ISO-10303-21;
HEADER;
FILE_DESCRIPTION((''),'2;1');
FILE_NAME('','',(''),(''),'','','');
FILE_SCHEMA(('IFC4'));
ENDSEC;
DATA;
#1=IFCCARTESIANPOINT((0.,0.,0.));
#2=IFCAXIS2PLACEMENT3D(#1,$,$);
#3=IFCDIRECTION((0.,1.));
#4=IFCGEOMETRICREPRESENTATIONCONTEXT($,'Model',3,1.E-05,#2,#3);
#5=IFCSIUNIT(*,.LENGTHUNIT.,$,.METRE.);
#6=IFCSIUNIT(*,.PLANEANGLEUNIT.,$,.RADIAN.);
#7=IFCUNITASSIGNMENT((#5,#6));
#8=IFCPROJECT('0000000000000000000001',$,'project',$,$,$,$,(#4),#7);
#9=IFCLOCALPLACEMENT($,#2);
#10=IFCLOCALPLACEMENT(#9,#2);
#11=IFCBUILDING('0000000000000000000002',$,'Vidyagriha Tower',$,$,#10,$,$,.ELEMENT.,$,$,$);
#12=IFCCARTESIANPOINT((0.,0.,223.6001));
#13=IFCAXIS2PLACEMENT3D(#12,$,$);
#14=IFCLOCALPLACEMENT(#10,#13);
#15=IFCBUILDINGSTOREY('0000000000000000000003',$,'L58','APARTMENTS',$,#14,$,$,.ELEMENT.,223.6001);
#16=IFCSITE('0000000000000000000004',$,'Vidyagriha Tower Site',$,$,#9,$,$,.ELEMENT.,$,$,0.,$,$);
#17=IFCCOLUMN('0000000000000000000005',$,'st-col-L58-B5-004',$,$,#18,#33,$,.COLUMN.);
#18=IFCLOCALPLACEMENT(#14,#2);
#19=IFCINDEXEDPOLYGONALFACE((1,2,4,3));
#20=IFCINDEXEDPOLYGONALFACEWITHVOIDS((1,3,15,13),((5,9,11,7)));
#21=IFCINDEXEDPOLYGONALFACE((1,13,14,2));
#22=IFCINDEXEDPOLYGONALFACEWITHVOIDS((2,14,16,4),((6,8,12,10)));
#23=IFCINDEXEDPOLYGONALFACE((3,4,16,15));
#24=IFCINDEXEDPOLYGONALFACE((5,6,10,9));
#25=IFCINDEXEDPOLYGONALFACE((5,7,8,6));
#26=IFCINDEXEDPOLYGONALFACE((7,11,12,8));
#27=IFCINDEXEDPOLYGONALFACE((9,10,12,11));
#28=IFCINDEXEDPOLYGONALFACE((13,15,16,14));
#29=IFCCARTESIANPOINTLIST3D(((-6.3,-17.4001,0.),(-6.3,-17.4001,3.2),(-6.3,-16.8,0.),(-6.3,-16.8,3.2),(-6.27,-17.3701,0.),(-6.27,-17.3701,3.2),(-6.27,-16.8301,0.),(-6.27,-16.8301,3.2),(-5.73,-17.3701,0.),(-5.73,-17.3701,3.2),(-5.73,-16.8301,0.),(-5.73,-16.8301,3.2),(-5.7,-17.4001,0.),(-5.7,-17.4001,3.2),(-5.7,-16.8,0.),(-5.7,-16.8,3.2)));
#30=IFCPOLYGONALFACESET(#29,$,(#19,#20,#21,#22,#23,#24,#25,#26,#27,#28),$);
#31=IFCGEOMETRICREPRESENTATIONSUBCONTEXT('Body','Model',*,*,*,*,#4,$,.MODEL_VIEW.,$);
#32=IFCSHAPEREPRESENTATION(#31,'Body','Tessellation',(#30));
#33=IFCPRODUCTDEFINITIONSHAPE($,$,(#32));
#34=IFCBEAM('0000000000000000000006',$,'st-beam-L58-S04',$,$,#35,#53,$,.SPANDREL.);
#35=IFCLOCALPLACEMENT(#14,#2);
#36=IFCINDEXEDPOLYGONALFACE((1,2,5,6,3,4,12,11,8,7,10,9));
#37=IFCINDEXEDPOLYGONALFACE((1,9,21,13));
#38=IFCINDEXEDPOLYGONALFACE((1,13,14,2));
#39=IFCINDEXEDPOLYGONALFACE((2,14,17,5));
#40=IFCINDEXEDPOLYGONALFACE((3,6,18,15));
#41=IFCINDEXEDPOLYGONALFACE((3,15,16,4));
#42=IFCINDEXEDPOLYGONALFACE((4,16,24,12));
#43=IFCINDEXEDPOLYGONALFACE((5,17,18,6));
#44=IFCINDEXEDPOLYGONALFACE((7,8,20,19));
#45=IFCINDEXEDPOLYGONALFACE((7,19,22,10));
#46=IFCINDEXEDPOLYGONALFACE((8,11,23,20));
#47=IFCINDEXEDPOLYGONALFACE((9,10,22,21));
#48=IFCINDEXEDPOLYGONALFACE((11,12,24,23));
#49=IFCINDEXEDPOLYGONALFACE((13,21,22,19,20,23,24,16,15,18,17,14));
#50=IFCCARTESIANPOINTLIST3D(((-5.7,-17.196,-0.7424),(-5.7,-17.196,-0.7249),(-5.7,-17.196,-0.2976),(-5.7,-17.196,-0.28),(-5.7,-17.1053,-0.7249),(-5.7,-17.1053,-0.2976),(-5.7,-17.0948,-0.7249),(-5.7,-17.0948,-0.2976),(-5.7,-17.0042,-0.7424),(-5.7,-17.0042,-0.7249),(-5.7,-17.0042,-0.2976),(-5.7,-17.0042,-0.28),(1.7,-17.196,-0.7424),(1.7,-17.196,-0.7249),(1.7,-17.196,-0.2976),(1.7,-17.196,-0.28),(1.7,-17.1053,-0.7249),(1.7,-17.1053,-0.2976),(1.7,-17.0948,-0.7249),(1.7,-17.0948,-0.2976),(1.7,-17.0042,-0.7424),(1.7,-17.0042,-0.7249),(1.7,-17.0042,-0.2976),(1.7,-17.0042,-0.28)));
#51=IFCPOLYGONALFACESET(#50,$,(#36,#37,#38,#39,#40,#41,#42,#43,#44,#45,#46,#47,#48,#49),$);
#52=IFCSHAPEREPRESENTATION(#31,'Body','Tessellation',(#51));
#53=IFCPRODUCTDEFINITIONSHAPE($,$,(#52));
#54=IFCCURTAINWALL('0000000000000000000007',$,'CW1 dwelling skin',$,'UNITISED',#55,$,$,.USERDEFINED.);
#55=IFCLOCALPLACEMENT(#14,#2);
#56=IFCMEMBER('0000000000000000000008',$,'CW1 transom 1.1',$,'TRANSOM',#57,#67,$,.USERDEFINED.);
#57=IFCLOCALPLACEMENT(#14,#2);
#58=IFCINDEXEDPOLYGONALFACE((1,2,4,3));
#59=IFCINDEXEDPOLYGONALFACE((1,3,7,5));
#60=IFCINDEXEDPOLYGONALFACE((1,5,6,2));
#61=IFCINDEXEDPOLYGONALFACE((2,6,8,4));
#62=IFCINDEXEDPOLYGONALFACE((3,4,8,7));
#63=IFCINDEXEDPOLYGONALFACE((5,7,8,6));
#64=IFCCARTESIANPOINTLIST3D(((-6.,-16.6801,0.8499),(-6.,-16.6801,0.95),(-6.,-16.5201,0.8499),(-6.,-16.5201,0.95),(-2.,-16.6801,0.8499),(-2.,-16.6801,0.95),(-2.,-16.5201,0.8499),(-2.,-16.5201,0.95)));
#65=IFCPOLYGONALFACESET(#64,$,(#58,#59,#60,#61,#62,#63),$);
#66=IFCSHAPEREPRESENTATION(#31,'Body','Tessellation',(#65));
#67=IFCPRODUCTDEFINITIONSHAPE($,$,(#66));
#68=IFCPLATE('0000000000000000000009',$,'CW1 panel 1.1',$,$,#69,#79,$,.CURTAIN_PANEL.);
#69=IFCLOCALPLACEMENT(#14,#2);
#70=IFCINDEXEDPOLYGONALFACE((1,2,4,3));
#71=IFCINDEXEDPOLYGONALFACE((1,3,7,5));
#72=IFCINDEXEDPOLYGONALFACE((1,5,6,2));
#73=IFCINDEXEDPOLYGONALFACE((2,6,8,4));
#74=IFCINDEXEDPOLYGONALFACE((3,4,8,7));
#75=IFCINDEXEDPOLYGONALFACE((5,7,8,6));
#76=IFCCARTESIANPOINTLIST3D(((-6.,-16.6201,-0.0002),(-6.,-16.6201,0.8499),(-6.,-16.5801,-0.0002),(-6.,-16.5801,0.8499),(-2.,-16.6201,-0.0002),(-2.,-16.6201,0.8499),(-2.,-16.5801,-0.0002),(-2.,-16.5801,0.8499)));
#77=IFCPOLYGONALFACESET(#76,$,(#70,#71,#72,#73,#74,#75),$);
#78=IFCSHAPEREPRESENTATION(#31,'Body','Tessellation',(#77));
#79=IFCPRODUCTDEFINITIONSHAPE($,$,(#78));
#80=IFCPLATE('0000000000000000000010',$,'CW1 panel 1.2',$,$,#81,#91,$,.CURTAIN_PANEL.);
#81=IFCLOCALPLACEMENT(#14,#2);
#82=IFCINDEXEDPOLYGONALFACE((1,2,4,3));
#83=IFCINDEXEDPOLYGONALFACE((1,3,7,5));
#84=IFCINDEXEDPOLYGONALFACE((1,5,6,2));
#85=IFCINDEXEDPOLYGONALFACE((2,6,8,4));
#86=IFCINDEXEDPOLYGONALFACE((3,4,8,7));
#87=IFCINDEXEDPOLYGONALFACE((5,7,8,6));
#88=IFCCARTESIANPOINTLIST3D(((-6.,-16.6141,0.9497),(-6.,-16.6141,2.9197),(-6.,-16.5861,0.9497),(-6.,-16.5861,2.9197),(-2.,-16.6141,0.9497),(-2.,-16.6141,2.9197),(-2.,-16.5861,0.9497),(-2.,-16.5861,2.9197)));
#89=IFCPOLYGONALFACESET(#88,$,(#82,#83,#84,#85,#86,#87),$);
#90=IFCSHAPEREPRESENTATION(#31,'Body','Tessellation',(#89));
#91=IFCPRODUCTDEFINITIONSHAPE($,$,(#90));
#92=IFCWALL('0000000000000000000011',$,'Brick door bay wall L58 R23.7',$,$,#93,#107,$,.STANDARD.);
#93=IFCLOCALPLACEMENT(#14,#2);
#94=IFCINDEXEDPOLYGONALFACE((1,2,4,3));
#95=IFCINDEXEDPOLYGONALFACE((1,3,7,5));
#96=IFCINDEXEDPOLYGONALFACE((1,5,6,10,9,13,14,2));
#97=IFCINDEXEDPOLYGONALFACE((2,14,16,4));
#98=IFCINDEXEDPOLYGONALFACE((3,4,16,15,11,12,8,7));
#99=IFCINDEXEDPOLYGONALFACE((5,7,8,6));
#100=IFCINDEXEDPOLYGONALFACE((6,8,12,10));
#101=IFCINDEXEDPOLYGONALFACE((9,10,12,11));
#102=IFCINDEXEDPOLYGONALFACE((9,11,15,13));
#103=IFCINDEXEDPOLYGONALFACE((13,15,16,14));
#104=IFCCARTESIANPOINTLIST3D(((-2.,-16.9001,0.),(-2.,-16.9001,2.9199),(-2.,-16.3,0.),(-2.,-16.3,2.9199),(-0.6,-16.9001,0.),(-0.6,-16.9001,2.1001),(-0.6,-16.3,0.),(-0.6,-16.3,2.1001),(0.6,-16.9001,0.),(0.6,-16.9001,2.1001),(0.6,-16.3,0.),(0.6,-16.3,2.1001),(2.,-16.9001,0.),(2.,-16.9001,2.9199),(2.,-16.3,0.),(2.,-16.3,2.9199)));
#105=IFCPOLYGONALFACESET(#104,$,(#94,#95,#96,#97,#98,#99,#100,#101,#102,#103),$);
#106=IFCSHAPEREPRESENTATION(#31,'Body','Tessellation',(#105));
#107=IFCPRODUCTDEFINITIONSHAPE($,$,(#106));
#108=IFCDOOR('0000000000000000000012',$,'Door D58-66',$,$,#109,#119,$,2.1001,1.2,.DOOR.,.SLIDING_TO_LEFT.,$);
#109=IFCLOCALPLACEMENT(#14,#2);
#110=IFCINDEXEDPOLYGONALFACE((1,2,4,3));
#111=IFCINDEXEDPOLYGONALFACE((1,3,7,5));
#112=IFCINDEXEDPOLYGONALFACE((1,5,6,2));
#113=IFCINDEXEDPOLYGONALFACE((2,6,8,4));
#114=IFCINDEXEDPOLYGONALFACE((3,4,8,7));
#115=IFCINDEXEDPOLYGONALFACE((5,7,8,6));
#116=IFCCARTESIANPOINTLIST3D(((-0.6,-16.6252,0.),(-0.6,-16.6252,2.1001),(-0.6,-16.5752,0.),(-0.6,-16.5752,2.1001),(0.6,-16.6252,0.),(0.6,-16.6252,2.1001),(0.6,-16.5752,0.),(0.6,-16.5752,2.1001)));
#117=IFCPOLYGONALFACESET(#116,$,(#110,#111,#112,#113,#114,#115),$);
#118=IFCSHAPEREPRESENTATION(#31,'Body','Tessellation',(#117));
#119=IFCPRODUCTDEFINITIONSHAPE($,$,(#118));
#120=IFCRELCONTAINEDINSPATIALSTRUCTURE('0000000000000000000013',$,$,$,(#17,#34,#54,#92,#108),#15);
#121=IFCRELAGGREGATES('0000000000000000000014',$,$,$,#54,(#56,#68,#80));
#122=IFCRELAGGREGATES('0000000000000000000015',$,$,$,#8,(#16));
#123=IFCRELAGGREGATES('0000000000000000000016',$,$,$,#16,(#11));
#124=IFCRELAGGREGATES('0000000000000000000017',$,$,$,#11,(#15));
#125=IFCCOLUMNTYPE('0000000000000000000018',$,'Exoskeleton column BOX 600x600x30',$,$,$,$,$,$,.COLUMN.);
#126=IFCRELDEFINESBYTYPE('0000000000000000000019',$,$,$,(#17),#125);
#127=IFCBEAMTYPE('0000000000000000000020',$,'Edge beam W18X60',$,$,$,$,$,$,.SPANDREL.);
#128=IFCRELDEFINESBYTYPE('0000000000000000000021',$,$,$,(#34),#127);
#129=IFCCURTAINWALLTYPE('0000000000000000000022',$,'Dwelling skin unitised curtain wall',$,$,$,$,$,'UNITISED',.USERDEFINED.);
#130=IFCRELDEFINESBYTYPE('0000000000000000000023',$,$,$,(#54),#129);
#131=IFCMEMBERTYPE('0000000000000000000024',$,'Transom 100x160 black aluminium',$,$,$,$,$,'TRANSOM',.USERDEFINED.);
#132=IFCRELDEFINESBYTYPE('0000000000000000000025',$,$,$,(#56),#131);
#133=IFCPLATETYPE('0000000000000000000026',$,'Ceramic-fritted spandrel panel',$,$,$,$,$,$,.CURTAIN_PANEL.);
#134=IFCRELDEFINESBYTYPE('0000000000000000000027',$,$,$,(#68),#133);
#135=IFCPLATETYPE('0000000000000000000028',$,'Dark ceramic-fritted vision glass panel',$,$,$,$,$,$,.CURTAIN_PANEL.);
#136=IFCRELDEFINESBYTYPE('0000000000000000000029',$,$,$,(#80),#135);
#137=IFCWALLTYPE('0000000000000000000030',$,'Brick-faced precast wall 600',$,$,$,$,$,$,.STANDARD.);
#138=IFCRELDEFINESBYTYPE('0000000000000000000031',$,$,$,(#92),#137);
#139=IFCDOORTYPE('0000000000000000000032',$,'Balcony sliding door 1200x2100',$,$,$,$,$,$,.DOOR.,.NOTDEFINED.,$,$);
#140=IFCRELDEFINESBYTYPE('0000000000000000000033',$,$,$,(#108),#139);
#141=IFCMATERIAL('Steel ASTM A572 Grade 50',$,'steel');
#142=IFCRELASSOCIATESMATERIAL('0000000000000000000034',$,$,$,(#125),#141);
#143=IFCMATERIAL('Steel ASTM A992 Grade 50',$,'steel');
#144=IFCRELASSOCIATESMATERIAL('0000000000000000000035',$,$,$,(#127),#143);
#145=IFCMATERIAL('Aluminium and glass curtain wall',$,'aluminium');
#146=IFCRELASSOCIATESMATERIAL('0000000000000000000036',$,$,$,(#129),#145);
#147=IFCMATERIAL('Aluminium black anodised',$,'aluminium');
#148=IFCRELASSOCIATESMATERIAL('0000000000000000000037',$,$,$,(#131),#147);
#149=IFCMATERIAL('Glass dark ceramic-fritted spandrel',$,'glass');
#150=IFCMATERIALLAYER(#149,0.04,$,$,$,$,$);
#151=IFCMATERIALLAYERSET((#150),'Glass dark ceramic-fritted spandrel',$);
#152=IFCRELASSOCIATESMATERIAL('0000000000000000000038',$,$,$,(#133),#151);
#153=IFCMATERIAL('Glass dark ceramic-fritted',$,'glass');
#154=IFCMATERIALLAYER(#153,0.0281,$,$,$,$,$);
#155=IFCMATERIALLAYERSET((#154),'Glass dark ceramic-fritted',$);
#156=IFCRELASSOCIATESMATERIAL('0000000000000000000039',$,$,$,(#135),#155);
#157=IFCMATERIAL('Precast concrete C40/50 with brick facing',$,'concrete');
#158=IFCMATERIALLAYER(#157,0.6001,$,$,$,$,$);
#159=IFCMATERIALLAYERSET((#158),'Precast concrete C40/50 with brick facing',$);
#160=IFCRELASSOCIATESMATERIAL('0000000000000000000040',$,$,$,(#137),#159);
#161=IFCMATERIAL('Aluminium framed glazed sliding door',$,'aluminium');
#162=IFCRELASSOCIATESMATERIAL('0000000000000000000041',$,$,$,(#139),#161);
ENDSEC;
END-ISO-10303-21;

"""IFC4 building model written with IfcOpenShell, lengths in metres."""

from ifc_helpers import new_model, si_unit, direction, frame, frame_2d, origin, origin_2d, place, context, subcontext, project, spatial, rectangle, hollow_rectangle, i_section, extrude, material, layer, layer_set, material_profile, profile_set, type_object, element, fill, aggregate, save


model = new_model("IFC4")

# Units and contexts
model_context = context("Model", 3, precision=1e-05, world=origin(), true_north=direction((0.0, 1.0)))
body_context = subcontext(model_context, "Body", "Model", "MODEL_VIEW")
ifc_project = project(units=[si_unit("LENGTHUNIT", "METRE"), si_unit("PLANEANGLEUNIT", "RADIAN")], contexts=[model_context])

# Site, building, storey
site_placement = place(None, origin())
site = spatial("IfcSite", under=ifc_project, at=site_placement, Name="Vidyagriha Tower Site", CompositionType="ELEMENT", RefElevation=0.0)
building_placement = place(site_placement, origin())
building = spatial("IfcBuilding", under=site, at=building_placement, Name="Vidyagriha Tower", CompositionType="ELEMENT")
storey_placement = place(building_placement, frame((0.0, 0.0, 223.6001)))
storey = spatial("IfcBuildingStorey", under=building, at=storey_placement, Name="L58", Description="APARTMENTS", CompositionType="ELEMENT", Elevation=223.6001)

# Column
ifc_material_1 = material(Name="Steel ASTM A572 Grade 50", Category="steel")
ifc_material_profile_1 = material_profile(ifc_material_1, hollow_rectangle(XDim=0.6001, YDim=0.6001, WallThickness=0.03, at=origin_2d()), Name="BOX 600x600x30")
ifc_profile_set_1 = profile_set([ifc_material_profile_1], Name="Steel ASTM A572 Grade 50")
column_type = type_object("IfcColumnType", Name="Exoskeleton column BOX 600x600x30", PredefinedType="COLUMN", material=ifc_profile_set_1)
column_placement = place(storey_placement, frame((-6.0, -17.1001, 0.0)))
element("IfcColumn", 1, at=column_placement, inside=storey, type_object=column_type, Name="st-col-L58-B5-004", PredefinedType="COLUMN", context=body_context, shape_type="SweptSolid", body=[
    extrude(hollow_rectangle(XDim=0.6001, YDim=0.6001, WallThickness=0.03, at=origin_2d()), origin(), (0.0, 0.0, 1.0), 3.2),
])

# Beam
ifc_material_2 = material(Name="Steel ASTM A992 Grade 50", Category="steel")
ifc_material_profile_2 = material_profile(ifc_material_2, i_section(OverallWidth=0.1919, OverallDepth=0.4624, WebThickness=0.0105, FlangeThickness=0.0176, at=origin_2d()), Name="W18X60")
ifc_profile_set_2 = profile_set([ifc_material_profile_2], Name="Steel ASTM A992 Grade 50")
beam_type = type_object("IfcBeamType", Name="Edge beam W18X60", PredefinedType="SPANDREL", material=ifc_profile_set_2)
beam_placement = place(storey_placement, frame((-5.7, -17.1001, -0.5112), z_axis=(1.0, 0.0, 0.0), x_axis=(0.0, 1.0, 0.0)))
element("IfcBeam", 2, at=beam_placement, inside=storey, type_object=beam_type, Name="st-beam-L58-S04", PredefinedType="SPANDREL", context=body_context, shape_type="SweptSolid", body=[
    extrude(i_section(OverallWidth=0.1919, OverallDepth=0.4624, WebThickness=0.0105, FlangeThickness=0.0176, at=origin_2d()), origin(), (0.0, 0.0, 1.0), 7.3999),
])

# Curtain wall, member, plates
ifc_material_3 = material(Name="Aluminium and glass curtain wall", Category="aluminium")
curtain_wall_type = type_object("IfcCurtainWallType", Name="Dwelling skin unitised curtain wall", ElementType="UNITISED", PredefinedType="USERDEFINED", material=ifc_material_3)
curtain_wall_placement = place(storey_placement, origin())
curtain_wall = element("IfcCurtainWall", 3, at=curtain_wall_placement, inside=storey, type_object=curtain_wall_type, Name="CW1 dwelling skin", ObjectType="UNITISED", PredefinedType="USERDEFINED")
ifc_material_4 = material(Name="Aluminium black anodised", Category="aluminium")
ifc_material_profile_3 = material_profile(ifc_material_4, rectangle(XDim=0.1599, YDim=0.1001, at=origin_2d()), Name="Transom 100x160 black aluminium")
ifc_profile_set_3 = profile_set([ifc_material_profile_3], Name="Aluminium black anodised")
member_type = type_object("IfcMemberType", Name="Transom 100x160 black aluminium", ElementType="TRANSOM", PredefinedType="USERDEFINED", material=ifc_profile_set_3)
member_placement = place(storey_placement, frame((-6.0, -16.6001, 0.8999), z_axis=(1.0, 0.0, 0.0), x_axis=(0.0, 1.0, 0.0)))
member = element("IfcMember", 4, at=member_placement, type_object=member_type, Name="CW1 transom 1.1", ObjectType="TRANSOM", PredefinedType="USERDEFINED", context=body_context, shape_type="SweptSolid", body=[
    extrude(rectangle(XDim=0.1599, YDim=0.1001, at=origin_2d()), origin(), (0.0, 0.0, 1.0), 4.0),
])
ifc_material_5 = material(Name="Glass dark ceramic-fritted spandrel", Category="glass")
ifc_layer_1 = layer(ifc_material_5, 0.04)
ifc_layer_set_1 = layer_set([ifc_layer_1], Name="Glass dark ceramic-fritted spandrel")
plate_type_1 = type_object("IfcPlateType", Name="Ceramic-fritted spandrel panel", PredefinedType="CURTAIN_PANEL", material=ifc_layer_set_1)
plate_1_placement = place(storey_placement, frame((-4.0, -16.6001, -0.0002)))
plate_1 = element("IfcPlate", 5, at=plate_1_placement, type_object=plate_type_1, Name="CW1 panel 1.1", PredefinedType="CURTAIN_PANEL", context=body_context, shape_type="SweptSolid", body=[
    extrude(rectangle(XDim=4.0, YDim=0.04, at=origin_2d()), origin(), (0.0, 0.0, 1.0), 0.8501),
])
ifc_material_6 = material(Name="Glass dark ceramic-fritted", Category="glass")
ifc_layer_2 = layer(ifc_material_6, 0.0281)
ifc_layer_set_2 = layer_set([ifc_layer_2], Name="Glass dark ceramic-fritted")
plate_type_2 = type_object("IfcPlateType", Name="Dark ceramic-fritted vision glass panel", PredefinedType="CURTAIN_PANEL", material=ifc_layer_set_2)
plate_2_placement = place(storey_placement, frame((-4.0, -16.6001, 0.9497)))
plate_2 = element("IfcPlate", 6, at=plate_2_placement, type_object=plate_type_2, Name="CW1 panel 1.2", PredefinedType="CURTAIN_PANEL", context=body_context, shape_type="SweptSolid", body=[
    extrude(rectangle(XDim=4.0, YDim=0.0281, at=origin_2d()), origin(), (0.0, 0.0, 1.0), 1.97),
])
aggregate(curtain_wall, [member, plate_1, plate_2])

# Wall, opening, door
ifc_material_7 = material(Name="Precast concrete C40/50 with brick facing", Category="concrete")
ifc_layer_3 = layer(ifc_material_7, 0.6001)
ifc_layer_set_3 = layer_set([ifc_layer_3], Name="Precast concrete C40/50 with brick facing")
wall_type_1 = type_object("IfcWallType", Name="Brick-faced precast wall 600", PredefinedType="STANDARD", material=ifc_layer_set_3)
wall_1_placement = place(storey_placement, frame((-2.0, -16.6001, 0.0)))
wall_1 = element("IfcWall", 7, at=wall_1_placement, inside=storey, type_object=wall_type_1, Name="Brick door bay wall L58 R23.7", PredefinedType="STANDARD", context=body_context, shape_type="SweptSolid", body=[
    extrude(rectangle(XDim=4.0, YDim=0.6001, at=frame_2d((2.0, 0.0))), origin(), (0.0, 0.0, 1.0), 2.9199),
])
opening_1_placement = place(wall_1_placement, frame((1.3999, 0.0, 0.0)))
opening_1 = element("IfcOpeningElement", 8, at=opening_1_placement, cuts=wall_1, PredefinedType="OPENING", context=body_context, shape_type="SweptSolid", body=[
    extrude(rectangle(XDim=1.2, YDim=2.1001, at=frame_2d((0.6001, 1.05))), frame((0.0, 0.3101, 0.0), z_axis=(0.0, -1.0, 0.0), x_axis=(1.0, 0.0, 0.0)), (0.0, 0.0, 1.0), 0.6201),
])
ifc_material_8 = material(Name="Aluminium framed glazed sliding door", Category="aluminium")
door_type_1 = type_object("IfcDoorType", Name="Balcony sliding door 1200x2100", OperationType="NOTDEFINED", PredefinedType="DOOR", material=ifc_material_8)
door_1_placement = place(opening_1_placement, origin())
door_1 = element("IfcDoor", 9, at=door_1_placement, inside=storey, type_object=door_type_1, Name="Door D58-66", OperationType="SLIDING_TO_LEFT", OverallHeight=2.1001, OverallWidth=1.2, PredefinedType="DOOR", context=body_context, shape_type="SweptSolid", body=[
    extrude(rectangle(XDim=1.2, YDim=2.1001, at=frame_2d((0.6001, 1.05))), frame((0.0, 0.0249, 0.0), z_axis=(0.0, -1.0, 0.0), x_axis=(1.0, 0.0, 0.0)), (0.0, 0.0, 1.0), 0.05),
])
fill(opening_1, door_1)

save(model, "model.ifc")
